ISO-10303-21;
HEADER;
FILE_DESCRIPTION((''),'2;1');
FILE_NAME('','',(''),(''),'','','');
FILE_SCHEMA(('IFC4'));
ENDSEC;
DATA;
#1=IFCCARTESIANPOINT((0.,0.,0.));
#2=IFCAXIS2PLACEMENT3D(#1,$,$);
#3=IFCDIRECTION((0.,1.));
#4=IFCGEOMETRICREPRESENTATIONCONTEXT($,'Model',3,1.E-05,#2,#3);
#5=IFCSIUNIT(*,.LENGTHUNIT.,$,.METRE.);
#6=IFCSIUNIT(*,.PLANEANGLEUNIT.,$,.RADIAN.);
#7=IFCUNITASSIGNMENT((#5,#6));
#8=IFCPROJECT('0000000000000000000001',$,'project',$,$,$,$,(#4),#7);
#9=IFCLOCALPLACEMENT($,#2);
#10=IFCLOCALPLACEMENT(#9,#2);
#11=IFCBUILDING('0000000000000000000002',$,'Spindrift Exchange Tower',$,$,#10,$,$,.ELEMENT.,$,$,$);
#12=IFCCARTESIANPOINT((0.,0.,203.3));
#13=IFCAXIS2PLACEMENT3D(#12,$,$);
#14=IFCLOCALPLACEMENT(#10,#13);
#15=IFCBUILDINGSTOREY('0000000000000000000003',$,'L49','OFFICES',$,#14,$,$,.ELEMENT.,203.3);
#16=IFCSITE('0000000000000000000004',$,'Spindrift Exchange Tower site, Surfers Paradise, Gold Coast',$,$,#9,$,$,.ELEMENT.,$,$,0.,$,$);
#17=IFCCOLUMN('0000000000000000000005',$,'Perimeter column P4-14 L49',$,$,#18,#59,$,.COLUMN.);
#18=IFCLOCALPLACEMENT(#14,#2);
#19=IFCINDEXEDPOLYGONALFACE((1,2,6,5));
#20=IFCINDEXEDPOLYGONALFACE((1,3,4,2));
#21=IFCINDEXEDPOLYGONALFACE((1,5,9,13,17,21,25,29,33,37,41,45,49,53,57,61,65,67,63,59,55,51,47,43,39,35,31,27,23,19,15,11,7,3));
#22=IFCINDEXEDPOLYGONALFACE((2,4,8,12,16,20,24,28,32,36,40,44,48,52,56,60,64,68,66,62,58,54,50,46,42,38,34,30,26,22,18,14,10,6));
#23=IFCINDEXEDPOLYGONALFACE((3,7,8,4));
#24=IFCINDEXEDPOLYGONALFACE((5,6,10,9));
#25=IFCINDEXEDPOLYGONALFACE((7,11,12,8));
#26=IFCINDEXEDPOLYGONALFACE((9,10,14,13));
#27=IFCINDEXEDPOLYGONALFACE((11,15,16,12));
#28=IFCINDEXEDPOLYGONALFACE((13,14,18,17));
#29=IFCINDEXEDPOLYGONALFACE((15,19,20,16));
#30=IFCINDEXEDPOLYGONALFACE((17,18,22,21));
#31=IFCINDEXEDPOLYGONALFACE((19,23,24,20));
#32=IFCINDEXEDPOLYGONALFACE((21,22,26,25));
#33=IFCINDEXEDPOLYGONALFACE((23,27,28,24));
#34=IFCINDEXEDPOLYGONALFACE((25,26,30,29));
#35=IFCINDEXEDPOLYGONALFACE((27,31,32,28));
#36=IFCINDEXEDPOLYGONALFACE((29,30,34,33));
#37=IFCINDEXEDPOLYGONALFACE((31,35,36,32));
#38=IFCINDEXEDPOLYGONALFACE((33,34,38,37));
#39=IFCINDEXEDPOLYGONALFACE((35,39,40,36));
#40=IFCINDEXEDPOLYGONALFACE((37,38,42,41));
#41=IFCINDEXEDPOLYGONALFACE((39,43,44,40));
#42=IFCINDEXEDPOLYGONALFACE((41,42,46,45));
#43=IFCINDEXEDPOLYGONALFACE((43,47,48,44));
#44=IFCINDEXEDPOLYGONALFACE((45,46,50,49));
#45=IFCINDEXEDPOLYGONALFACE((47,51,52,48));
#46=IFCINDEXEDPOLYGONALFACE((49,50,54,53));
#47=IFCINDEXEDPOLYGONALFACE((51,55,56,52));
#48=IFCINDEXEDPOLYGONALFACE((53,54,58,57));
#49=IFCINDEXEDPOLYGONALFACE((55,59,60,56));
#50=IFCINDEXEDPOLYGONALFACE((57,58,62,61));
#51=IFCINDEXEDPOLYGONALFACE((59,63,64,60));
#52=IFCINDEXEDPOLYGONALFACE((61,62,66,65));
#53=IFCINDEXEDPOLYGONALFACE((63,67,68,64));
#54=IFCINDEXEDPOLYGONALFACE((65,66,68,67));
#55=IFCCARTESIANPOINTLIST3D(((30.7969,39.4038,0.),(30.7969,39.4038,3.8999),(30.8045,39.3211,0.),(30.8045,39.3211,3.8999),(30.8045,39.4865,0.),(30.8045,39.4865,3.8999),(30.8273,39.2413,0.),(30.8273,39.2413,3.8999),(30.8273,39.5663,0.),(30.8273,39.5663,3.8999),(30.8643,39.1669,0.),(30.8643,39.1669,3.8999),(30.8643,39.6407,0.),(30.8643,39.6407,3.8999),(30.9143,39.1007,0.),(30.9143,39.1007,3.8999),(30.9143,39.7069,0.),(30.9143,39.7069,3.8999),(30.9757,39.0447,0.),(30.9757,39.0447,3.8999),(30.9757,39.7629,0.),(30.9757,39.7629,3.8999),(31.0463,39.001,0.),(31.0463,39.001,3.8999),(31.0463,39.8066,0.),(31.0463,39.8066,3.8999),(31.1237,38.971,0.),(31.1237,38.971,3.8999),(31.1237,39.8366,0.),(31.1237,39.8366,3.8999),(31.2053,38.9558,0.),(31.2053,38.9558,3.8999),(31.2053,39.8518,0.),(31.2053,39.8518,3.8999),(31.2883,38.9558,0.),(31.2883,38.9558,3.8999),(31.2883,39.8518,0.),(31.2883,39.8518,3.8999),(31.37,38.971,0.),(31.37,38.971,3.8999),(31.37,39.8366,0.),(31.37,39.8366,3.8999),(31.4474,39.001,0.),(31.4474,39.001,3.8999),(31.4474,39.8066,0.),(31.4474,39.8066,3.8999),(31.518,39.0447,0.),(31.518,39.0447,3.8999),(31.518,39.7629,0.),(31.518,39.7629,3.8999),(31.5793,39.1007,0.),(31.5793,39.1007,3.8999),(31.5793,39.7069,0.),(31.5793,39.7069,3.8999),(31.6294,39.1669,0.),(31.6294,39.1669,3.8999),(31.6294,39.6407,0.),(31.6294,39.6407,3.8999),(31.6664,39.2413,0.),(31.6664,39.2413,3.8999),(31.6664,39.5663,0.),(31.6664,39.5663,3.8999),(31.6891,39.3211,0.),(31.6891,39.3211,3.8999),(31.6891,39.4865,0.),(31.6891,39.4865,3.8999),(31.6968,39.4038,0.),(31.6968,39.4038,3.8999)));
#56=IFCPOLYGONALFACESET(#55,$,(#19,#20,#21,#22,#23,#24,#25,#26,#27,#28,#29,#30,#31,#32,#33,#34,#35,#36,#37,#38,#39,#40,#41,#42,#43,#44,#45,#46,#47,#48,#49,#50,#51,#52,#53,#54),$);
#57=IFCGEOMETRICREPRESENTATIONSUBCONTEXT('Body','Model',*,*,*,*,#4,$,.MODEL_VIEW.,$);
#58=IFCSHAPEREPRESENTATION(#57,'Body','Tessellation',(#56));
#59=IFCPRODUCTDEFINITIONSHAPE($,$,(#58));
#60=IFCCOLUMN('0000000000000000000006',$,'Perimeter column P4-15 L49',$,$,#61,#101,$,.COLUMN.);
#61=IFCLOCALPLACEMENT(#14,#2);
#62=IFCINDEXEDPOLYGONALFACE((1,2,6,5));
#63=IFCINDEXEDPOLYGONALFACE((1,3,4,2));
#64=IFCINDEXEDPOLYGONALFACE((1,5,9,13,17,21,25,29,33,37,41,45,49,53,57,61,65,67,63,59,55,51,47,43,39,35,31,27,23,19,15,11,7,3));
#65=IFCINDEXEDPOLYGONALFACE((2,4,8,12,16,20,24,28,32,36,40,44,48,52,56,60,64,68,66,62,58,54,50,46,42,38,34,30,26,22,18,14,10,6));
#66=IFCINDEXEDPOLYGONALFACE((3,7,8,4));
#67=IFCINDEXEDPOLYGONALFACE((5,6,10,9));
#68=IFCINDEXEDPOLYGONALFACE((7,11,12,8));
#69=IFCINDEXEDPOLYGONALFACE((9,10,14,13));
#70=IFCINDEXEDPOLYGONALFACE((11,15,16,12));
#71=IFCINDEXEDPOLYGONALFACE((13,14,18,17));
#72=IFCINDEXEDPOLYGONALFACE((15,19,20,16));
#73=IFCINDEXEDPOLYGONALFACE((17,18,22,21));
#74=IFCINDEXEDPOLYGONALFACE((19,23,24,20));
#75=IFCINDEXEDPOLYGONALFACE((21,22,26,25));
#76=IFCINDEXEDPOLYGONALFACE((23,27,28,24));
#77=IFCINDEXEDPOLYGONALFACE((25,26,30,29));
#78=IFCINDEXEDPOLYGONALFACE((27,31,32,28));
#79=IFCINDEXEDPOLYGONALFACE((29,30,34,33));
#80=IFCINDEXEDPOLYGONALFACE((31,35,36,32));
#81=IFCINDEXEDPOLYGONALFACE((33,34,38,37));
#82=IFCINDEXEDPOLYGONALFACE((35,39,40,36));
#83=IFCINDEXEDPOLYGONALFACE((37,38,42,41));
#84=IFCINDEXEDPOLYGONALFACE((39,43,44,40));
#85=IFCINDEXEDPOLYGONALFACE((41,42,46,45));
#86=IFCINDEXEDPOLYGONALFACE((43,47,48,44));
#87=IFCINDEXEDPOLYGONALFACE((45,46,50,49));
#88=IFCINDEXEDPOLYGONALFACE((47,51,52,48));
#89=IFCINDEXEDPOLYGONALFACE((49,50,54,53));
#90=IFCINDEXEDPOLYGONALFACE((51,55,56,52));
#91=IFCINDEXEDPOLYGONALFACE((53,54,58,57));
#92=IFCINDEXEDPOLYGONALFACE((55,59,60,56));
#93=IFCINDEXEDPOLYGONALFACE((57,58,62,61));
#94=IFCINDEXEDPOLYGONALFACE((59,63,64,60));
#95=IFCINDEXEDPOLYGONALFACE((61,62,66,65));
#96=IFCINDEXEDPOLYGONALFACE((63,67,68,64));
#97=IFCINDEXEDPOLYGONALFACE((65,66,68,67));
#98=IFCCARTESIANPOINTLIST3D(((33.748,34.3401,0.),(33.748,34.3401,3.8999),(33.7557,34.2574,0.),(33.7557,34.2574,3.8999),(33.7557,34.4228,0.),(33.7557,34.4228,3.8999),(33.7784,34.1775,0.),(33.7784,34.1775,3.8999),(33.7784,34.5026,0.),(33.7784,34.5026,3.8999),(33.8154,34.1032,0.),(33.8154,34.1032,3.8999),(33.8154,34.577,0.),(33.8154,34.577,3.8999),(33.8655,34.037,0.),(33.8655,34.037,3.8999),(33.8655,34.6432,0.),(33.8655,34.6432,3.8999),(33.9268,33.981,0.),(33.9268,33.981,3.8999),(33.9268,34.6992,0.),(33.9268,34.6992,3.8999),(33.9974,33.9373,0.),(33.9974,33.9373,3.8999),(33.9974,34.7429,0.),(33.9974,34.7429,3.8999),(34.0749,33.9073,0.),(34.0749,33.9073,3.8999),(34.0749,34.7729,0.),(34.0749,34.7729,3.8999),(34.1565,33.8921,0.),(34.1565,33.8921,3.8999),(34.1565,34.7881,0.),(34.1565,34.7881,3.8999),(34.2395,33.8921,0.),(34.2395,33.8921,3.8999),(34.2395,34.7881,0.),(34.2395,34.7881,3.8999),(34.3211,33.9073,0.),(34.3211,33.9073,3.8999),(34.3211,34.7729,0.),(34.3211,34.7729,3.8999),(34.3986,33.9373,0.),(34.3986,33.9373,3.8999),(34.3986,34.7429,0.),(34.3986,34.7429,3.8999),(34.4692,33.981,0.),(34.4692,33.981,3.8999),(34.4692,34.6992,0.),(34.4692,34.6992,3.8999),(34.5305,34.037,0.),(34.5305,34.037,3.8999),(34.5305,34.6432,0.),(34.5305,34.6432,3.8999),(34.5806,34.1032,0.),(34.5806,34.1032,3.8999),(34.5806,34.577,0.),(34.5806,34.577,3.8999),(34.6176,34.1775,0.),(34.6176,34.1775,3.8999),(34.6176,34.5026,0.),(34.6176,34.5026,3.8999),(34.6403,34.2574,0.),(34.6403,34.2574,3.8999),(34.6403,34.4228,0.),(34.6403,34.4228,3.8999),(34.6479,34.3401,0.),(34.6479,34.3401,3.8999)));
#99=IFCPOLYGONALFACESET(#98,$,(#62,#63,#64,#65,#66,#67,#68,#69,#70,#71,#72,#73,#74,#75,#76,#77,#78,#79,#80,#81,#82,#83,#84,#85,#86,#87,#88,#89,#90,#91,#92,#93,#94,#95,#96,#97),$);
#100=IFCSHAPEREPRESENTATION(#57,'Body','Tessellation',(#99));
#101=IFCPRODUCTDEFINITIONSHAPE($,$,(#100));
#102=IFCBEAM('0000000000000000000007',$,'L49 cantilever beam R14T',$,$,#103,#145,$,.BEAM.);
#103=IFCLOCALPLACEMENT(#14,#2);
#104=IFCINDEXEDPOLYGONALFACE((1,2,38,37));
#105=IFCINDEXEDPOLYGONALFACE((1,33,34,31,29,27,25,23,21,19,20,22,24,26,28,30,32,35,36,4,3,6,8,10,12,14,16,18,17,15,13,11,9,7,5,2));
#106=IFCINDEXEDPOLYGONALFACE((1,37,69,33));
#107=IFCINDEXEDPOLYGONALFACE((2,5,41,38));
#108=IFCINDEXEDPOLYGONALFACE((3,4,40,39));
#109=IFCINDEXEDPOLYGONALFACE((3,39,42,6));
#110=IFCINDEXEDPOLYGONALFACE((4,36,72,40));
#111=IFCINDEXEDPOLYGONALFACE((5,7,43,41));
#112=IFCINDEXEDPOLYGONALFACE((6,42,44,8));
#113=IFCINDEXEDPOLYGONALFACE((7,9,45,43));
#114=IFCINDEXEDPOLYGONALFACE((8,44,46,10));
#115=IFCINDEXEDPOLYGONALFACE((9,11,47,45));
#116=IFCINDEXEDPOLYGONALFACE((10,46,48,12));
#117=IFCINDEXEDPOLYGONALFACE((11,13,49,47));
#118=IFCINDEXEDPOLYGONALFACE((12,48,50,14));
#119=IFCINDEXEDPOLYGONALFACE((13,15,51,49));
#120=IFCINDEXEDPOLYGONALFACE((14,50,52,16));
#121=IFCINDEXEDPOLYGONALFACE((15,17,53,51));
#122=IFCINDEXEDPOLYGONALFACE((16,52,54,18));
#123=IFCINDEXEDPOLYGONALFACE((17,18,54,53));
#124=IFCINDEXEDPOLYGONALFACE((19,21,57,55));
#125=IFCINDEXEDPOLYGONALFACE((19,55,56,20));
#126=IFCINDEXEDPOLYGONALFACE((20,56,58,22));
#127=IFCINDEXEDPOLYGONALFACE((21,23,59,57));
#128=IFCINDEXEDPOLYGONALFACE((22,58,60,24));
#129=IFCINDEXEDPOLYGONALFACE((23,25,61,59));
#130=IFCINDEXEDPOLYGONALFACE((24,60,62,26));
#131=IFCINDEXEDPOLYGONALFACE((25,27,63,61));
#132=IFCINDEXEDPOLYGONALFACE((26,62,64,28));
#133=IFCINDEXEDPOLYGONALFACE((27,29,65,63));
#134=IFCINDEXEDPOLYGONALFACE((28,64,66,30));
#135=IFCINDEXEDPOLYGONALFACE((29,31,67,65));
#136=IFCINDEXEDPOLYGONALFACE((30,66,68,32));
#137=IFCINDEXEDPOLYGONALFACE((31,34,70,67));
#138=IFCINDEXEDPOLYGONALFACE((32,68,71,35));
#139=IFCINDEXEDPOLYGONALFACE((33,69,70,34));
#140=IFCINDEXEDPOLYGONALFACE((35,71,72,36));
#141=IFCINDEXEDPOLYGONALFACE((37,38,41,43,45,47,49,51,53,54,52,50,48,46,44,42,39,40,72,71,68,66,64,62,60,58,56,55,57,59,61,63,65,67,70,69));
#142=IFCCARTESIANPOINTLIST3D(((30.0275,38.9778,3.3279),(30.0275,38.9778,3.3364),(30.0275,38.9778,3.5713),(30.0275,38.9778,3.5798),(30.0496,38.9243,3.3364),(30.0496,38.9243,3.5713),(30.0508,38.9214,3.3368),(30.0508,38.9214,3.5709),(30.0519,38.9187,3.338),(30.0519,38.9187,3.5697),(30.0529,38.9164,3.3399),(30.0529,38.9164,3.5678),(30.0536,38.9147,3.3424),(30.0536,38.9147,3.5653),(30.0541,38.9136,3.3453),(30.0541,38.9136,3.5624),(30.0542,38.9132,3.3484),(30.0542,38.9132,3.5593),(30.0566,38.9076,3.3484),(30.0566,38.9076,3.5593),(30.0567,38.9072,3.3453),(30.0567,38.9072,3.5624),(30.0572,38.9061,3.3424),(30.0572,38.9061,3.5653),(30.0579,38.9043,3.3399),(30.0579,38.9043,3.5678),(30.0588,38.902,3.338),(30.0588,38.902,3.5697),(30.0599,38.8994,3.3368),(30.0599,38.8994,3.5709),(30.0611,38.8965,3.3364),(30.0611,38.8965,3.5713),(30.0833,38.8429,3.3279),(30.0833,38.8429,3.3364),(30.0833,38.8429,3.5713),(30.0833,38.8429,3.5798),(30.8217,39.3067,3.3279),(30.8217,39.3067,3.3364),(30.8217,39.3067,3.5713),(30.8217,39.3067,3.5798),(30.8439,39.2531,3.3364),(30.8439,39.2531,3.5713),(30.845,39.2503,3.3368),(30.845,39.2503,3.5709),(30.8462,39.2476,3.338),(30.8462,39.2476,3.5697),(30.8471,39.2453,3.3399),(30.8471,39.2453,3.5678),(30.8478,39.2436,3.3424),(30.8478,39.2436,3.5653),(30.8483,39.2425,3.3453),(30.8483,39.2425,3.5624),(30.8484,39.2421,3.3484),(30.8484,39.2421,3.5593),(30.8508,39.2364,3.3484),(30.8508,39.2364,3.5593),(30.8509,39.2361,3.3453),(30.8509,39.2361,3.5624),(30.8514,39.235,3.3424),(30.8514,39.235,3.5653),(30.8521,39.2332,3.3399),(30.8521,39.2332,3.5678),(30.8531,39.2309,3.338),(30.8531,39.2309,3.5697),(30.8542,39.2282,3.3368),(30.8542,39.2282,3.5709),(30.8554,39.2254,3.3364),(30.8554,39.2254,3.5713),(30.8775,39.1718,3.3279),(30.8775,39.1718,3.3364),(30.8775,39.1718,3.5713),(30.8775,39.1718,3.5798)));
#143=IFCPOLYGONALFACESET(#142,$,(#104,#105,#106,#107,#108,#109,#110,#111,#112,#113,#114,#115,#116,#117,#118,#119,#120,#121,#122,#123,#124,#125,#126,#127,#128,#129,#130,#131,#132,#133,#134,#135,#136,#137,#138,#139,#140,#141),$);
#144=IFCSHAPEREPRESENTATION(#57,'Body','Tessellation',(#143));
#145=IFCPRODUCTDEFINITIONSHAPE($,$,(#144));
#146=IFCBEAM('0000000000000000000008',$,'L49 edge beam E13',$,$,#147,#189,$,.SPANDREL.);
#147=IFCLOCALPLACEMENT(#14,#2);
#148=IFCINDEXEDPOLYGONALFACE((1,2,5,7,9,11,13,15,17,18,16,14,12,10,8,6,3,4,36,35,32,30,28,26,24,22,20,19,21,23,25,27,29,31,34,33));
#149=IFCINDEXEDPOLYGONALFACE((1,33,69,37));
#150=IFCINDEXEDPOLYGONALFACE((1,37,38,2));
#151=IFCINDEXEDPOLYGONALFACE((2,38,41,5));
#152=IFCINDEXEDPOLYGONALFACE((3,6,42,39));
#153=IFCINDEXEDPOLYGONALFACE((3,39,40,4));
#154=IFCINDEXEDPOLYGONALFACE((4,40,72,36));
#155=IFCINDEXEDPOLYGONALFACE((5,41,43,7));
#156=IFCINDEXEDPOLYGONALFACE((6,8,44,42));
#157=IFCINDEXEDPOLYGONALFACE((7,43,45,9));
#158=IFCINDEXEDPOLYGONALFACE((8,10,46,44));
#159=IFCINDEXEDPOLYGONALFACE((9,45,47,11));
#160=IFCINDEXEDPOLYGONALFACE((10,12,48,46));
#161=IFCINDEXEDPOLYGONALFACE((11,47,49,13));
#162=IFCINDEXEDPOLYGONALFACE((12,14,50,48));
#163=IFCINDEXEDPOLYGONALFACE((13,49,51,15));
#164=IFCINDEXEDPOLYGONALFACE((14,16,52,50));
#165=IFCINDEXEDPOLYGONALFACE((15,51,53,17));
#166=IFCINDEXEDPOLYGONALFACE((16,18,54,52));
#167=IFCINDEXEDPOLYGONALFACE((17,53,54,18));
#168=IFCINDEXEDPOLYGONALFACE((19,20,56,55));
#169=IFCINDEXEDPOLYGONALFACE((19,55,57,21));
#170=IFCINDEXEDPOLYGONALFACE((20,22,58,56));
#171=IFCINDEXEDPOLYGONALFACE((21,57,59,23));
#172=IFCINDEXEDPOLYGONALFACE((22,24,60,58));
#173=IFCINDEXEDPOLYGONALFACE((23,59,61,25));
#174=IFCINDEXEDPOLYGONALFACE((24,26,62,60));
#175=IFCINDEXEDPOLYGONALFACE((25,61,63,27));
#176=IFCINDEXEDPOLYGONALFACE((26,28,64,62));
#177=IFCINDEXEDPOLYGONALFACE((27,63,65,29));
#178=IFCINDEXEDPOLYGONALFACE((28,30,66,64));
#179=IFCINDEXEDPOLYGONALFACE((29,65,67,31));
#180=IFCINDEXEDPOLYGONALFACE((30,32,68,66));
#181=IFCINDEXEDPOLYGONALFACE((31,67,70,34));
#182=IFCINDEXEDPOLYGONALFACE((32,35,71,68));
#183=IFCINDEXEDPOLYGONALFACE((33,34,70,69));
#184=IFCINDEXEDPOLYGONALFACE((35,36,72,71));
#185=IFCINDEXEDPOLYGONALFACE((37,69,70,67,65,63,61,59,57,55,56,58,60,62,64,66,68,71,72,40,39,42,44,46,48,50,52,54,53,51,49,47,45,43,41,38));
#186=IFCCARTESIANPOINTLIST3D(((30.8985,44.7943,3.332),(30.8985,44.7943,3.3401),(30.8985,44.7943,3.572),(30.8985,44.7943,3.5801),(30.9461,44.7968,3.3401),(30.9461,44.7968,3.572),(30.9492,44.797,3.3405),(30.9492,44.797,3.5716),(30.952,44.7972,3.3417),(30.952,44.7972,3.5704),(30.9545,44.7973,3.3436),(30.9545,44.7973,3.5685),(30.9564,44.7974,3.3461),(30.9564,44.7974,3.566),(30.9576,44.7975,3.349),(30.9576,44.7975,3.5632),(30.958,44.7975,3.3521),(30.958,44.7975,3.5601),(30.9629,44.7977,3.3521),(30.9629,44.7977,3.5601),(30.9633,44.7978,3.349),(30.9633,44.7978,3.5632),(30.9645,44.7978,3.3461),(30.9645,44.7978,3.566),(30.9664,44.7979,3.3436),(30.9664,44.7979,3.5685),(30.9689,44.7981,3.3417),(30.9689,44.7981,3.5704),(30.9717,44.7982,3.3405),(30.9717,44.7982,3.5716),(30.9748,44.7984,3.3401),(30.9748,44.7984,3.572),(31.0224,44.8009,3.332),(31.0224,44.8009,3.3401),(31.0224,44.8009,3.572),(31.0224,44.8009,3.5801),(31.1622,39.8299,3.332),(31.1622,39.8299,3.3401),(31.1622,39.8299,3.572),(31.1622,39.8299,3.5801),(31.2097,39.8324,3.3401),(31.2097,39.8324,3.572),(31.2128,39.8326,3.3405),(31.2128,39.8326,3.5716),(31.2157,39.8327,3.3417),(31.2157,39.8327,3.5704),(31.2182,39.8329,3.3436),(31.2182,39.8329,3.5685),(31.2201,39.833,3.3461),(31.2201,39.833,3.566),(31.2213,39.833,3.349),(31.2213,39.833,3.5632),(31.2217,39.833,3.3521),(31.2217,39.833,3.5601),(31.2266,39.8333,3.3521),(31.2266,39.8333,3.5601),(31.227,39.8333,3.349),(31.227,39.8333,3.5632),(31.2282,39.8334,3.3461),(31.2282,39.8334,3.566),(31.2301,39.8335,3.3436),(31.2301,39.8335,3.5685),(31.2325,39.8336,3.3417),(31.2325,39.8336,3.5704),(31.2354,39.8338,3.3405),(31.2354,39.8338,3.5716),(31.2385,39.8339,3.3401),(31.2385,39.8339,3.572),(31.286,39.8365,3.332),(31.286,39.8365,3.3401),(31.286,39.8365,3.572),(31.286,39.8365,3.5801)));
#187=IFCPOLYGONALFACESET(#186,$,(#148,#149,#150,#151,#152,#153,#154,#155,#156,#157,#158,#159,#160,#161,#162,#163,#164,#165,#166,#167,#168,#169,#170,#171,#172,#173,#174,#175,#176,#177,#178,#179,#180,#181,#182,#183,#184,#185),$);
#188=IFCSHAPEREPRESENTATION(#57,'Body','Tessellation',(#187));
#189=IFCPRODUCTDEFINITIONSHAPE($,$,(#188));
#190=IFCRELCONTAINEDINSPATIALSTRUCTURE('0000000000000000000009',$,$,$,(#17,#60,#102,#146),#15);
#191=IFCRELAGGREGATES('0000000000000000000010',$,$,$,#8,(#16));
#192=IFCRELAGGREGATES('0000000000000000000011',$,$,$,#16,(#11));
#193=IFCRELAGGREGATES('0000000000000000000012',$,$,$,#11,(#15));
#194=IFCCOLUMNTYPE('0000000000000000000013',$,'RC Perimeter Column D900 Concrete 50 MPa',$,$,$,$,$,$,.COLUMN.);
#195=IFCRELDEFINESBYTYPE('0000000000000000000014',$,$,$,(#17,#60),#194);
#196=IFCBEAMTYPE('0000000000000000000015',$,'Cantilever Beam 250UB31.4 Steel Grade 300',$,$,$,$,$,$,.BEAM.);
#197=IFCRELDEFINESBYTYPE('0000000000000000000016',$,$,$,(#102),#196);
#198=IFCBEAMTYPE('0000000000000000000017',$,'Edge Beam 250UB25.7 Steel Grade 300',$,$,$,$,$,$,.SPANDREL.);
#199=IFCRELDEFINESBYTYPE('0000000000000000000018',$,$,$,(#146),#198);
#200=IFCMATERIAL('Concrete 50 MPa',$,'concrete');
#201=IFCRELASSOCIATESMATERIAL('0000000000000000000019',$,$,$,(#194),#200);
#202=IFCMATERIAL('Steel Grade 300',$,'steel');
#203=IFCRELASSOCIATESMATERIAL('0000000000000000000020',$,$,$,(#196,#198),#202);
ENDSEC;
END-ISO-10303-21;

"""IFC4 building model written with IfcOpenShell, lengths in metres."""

from ifc_helpers import new_model, si_unit, direction, frame, origin, origin_2d, place, context, subcontext, project, spatial, circle, i_section, extrude, source, transform, mapped, material, material_profile, profile_set, type_object, element, save


model = new_model("IFC4")

# Units and contexts
model_context = context("Model", 3, precision=1e-05, world=origin(), true_north=direction((0.0, 1.0)))
body_context = subcontext(model_context, "Body", "Model", "MODEL_VIEW")
ifc_project = project(units=[si_unit("LENGTHUNIT", "METRE"), si_unit("PLANEANGLEUNIT", "RADIAN")], contexts=[model_context])

# Site, building, storey
site_placement = place(None, origin())
site = spatial("IfcSite", under=ifc_project, at=site_placement, Name="Spindrift Exchange Tower site, Surfers Paradise, Gold Coast", CompositionType="ELEMENT", RefElevation=0.0)
building_placement = place(site_placement, origin())
building = spatial("IfcBuilding", under=site, at=building_placement, Name="Spindrift Exchange Tower", CompositionType="ELEMENT")
storey_placement = place(building_placement, frame((0.0, 0.0, 203.3)))
storey = spatial("IfcBuildingStorey", under=building, at=storey_placement, Name="L49", Description="OFFICES", CompositionType="ELEMENT", Elevation=203.3)

# Columns
ifc_material_1 = material(Name="Concrete 50 MPa", Category="concrete")
ifc_material_profile_1 = material_profile(ifc_material_1, circle(Radius=0.45, at=origin_2d()), Name="RC D900")
ifc_profile_set_1 = profile_set([ifc_material_profile_1], Name="Concrete 50 MPa")
column_type = type_object("IfcColumnType", Name="RC Perimeter Column D900 Concrete 50 MPa", PredefinedType="COLUMN", material=ifc_profile_set_1)
shared_shape_1 = source(origin(), body_context, "Body", "SweptSolid", [
    extrude(circle(Radius=0.45, at=origin_2d()), origin(), (0.0, 0.0, 1.0), 3.8999),
])
for number, where, z_axis, x_axis, name in (
    (1, (31.2468, 39.4038, 0.0), (0.0, 0.0, 1.0), (1.0, 0.0, 0.0), "Perimeter column P4-14 L49"),
    (2, (34.198, 34.3401, 0.0), (0.0, 0.0, 1.0), (1.0, 0.0, 0.0), "Perimeter column P4-15 L49"),
):
    element("IfcColumn", number, at=place(storey_placement, frame(where, z_axis=z_axis, x_axis=x_axis)), inside=storey, type_object=column_type, Name=name, PredefinedType="COLUMN", context=body_context, shape_type="MappedRepresentation", body=[
        mapped(shared_shape_1, transform((0.0, 0.0, 0.0), scale=1.0)),
    ])

# Beams
ifc_material_2 = material(Name="Steel Grade 300", Category="steel")
ifc_material_profile_2 = material_profile(ifc_material_2, i_section(OverallWidth=0.146, OverallDepth=0.252, WebThickness=0.0061, FlangeThickness=0.0085, FilletRadius=0.012, at=origin_2d()), Name="250UB31.4")
ifc_profile_set_2 = profile_set([ifc_material_profile_2], Name="Steel Grade 300")
beam_type_1 = type_object("IfcBeamType", Name="Cantilever Beam 250UB31.4 Steel Grade 300", PredefinedType="BEAM", material=ifc_profile_set_2)
shared_shape_2 = source(origin(), body_context, "Body", "SweptSolid", [
    extrude(i_section(OverallWidth=0.146, OverallDepth=0.252, WebThickness=0.0061, FlangeThickness=0.0085, FilletRadius=0.012, at=origin_2d()), origin(), (0.0, 0.0, 1.0), 0.8596),
])
beam_1_placement = place(storey_placement, frame((30.8496, 39.2393, 3.4539), z_axis=(-0.923923, -0.382578, 0.0), x_axis=(0.382578, -0.923923, 0.0)))
element("IfcBeam", 3, at=beam_1_placement, inside=storey, type_object=beam_type_1, Name="L49 cantilever beam R14T", PredefinedType="BEAM", context=body_context, shape_type="MappedRepresentation", body=[
    mapped(shared_shape_2, transform((0.0, 0.0, 0.0), scale=1.0)),
])
ifc_material_profile_3 = material_profile(ifc_material_2, i_section(OverallWidth=0.124, OverallDepth=0.248, WebThickness=0.0049, FlangeThickness=0.0081, FilletRadius=0.012, at=origin_2d()), Name="250UB25.7")
ifc_profile_set_3 = profile_set([ifc_material_profile_3], Name="Steel Grade 300")
beam_type_2 = type_object("IfcBeamType", Name="Edge Beam 250UB25.7 Steel Grade 300", PredefinedType="SPANDREL", material=ifc_profile_set_3)
shared_shape_3 = source(origin(), body_context, "Body", "SweptSolid", [
    extrude(i_section(OverallWidth=0.124, OverallDepth=0.248, WebThickness=0.0049, FlangeThickness=0.0081, FilletRadius=0.012, at=origin_2d()), origin(), (0.0, 0.0, 1.0), 4.9714),
])
beam_2_placement = place(storey_placement, frame((30.9604, 44.7976, 3.4561), z_axis=(0.053038, -0.998592, 0.0), x_axis=(0.998592, 0.053038, 0.0)))
element("IfcBeam", 4, at=beam_2_placement, inside=storey, type_object=beam_type_2, Name="L49 edge beam E13", PredefinedType="SPANDREL", context=body_context, shape_type="MappedRepresentation", body=[
    mapped(shared_shape_3, transform((0.0, 0.0, 0.0), scale=1.0)),
])

save(model, "model.ifc")
